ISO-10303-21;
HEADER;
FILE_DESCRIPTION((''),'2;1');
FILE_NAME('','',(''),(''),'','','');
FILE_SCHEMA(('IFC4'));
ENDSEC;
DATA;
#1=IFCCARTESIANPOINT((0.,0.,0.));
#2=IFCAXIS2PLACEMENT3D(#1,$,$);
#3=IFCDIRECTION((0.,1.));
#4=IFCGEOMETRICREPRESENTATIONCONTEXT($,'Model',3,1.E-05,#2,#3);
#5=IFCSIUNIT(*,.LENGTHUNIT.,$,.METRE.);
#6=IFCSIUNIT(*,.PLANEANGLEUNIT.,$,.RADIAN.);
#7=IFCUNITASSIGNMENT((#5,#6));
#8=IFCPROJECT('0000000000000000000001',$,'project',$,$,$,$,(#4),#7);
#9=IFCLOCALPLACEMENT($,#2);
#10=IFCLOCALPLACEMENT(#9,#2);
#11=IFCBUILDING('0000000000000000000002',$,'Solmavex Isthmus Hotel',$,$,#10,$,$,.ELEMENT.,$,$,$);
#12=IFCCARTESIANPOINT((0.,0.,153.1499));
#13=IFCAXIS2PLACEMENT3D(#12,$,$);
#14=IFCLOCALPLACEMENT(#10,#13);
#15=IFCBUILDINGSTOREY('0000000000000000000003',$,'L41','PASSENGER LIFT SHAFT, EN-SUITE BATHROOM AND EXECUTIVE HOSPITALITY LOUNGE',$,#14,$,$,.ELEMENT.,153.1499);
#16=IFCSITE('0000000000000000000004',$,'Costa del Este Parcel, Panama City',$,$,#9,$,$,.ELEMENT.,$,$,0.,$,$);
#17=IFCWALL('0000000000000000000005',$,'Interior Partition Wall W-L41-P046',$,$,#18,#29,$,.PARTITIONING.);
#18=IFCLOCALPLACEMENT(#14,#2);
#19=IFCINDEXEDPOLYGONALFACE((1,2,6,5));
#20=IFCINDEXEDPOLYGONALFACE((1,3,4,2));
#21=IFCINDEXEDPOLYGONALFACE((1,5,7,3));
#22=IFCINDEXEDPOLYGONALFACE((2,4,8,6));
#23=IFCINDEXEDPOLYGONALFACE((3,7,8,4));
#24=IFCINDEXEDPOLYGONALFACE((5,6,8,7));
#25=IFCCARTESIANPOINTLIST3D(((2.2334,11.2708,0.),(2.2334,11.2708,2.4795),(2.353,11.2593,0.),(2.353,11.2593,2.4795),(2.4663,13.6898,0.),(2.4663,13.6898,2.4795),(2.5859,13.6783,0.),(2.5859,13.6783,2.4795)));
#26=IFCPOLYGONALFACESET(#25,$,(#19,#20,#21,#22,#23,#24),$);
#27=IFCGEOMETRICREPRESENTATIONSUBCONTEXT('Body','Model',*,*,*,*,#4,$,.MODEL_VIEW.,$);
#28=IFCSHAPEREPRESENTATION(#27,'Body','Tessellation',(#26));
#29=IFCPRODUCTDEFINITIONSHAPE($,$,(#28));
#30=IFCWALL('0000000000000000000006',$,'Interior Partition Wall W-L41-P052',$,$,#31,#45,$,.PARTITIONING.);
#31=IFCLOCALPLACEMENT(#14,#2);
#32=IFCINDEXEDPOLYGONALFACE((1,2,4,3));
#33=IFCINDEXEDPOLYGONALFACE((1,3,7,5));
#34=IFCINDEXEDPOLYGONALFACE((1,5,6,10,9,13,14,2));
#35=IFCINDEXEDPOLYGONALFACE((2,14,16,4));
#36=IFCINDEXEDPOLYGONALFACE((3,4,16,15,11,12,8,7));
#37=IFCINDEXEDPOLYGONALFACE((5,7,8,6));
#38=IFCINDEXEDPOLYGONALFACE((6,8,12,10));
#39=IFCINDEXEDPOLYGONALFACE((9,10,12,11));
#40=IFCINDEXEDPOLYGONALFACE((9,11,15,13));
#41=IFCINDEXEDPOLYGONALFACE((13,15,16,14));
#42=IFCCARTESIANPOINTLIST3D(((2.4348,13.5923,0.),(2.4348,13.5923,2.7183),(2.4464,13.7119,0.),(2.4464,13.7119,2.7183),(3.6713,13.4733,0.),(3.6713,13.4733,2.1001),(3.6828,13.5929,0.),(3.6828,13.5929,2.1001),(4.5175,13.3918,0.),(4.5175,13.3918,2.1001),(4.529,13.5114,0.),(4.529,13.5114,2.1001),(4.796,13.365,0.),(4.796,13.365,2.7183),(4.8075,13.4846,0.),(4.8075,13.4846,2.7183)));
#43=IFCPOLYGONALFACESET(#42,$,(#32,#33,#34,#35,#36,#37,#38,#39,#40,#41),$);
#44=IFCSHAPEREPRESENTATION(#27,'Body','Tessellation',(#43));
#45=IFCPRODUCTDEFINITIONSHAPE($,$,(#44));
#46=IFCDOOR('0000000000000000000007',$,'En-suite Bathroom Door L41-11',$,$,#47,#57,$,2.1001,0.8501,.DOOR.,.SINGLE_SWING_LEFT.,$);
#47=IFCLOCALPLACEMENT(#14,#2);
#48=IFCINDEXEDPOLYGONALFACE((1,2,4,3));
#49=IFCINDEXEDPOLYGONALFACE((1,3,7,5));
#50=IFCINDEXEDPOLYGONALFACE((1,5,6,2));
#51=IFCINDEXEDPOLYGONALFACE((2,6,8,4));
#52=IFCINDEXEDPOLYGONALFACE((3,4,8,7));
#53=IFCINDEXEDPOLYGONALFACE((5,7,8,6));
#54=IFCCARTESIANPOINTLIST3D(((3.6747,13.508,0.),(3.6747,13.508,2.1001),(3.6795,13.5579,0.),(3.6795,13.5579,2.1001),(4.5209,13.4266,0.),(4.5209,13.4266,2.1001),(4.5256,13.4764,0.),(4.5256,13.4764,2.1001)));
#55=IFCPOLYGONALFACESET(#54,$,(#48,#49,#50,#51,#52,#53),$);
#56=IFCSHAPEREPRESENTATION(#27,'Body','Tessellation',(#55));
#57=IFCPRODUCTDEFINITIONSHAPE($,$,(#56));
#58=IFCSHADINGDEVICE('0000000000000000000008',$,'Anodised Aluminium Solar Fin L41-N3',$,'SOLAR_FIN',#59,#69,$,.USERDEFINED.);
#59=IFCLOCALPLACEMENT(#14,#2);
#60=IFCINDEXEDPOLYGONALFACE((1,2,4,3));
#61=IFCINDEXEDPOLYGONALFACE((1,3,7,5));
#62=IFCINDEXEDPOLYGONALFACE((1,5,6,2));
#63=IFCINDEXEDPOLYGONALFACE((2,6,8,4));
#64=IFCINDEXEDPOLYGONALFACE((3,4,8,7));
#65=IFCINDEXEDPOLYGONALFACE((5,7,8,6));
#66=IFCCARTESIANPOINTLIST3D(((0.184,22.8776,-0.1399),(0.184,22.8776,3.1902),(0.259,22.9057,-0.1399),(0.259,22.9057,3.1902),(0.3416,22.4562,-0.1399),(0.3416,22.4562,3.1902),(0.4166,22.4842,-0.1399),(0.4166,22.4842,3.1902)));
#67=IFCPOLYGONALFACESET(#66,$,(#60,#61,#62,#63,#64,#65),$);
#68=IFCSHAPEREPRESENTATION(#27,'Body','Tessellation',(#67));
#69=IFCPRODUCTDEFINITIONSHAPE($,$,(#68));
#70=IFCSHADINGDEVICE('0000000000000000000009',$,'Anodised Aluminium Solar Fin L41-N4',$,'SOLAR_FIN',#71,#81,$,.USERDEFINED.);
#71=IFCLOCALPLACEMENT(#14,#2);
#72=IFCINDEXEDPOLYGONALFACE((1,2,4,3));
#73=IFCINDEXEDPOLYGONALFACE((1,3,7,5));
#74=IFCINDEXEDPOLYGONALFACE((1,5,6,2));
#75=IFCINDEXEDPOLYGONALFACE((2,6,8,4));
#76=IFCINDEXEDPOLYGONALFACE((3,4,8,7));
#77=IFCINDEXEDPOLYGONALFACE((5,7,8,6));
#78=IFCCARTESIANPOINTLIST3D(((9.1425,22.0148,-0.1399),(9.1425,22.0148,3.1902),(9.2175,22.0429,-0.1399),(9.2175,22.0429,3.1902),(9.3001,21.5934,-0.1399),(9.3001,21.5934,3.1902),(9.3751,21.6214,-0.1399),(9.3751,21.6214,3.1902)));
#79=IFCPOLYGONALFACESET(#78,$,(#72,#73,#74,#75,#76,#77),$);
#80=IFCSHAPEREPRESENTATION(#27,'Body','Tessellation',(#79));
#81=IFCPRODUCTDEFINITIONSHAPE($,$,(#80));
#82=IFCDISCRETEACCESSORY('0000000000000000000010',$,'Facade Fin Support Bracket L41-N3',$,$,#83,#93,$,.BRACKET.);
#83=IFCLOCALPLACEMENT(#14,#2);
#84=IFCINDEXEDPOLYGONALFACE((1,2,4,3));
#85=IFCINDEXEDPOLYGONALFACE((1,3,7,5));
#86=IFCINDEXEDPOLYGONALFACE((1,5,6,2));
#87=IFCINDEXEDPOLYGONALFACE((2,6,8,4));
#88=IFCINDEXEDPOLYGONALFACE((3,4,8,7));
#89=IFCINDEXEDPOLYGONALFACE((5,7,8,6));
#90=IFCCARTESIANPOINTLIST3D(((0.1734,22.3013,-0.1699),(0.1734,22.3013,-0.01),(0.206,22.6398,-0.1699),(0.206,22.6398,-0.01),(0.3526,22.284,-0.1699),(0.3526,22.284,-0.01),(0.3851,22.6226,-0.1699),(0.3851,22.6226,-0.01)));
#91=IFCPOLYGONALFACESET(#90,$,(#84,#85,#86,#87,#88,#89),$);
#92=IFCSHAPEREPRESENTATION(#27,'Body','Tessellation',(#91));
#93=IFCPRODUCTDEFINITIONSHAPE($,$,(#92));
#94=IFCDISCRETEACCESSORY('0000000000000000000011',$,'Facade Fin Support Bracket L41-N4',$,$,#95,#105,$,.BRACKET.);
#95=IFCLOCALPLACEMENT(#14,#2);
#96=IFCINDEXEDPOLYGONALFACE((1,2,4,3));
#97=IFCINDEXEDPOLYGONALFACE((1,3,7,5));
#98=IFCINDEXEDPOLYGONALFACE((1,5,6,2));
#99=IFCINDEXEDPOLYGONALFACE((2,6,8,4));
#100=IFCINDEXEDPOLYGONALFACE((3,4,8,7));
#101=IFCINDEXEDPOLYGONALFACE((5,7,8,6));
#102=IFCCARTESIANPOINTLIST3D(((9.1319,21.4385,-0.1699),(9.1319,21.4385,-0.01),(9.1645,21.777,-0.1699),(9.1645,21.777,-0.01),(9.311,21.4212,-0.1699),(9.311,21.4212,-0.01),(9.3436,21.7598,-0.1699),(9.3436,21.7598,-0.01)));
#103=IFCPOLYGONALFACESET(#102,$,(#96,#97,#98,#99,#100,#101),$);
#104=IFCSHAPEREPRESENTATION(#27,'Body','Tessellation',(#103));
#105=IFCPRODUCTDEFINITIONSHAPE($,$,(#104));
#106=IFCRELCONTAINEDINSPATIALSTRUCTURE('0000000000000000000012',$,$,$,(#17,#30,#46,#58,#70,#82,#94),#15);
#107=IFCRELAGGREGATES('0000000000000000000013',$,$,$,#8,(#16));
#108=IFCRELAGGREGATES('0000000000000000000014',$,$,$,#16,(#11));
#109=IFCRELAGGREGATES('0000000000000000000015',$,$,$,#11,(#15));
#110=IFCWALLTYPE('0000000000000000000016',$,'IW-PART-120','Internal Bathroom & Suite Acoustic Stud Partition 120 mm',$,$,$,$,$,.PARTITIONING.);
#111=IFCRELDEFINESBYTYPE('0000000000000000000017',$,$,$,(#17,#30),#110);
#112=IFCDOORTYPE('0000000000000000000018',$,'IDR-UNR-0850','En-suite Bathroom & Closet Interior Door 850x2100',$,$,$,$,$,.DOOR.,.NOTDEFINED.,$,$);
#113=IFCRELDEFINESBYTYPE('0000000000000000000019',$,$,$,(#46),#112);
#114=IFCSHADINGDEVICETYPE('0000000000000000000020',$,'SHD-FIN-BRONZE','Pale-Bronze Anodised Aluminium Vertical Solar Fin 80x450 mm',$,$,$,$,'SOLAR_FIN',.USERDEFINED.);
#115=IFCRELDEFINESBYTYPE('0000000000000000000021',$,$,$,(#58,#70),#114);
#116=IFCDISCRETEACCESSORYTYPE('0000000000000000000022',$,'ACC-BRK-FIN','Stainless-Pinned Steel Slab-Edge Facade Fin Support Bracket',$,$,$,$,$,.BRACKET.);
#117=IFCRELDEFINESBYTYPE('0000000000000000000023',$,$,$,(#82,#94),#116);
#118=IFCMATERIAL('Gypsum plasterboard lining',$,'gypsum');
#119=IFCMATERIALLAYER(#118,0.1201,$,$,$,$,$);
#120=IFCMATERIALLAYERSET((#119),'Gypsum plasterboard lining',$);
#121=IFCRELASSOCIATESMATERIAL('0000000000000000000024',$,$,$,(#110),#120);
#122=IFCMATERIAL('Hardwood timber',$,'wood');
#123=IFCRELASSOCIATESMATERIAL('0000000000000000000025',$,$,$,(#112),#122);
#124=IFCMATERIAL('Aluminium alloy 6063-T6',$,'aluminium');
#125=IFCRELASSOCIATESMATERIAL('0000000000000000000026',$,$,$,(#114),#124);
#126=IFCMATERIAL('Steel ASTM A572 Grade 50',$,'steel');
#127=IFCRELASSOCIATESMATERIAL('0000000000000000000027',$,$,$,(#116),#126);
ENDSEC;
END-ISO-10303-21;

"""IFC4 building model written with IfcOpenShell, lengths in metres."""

from ifc_helpers import new_model, si_unit, direction, frame, frame_2d, origin, origin_2d, place, context, subcontext, project, spatial, rectangle, extrude, material, layer, layer_set, type_object, element, fill, save


model = new_model("IFC4")

# Units and contexts
model_context = context("Model", 3, precision=1e-05, world=origin(), true_north=direction((0.0, 1.0)))
body_context = subcontext(model_context, "Body", "Model", "MODEL_VIEW")
ifc_project = project(units=[si_unit("LENGTHUNIT", "METRE"), si_unit("PLANEANGLEUNIT", "RADIAN")], contexts=[model_context])

# Site, building, storey
site_placement = place(None, origin())
site = spatial("IfcSite", under=ifc_project, at=site_placement, Name="Costa del Este Parcel, Panama City", CompositionType="ELEMENT", RefElevation=0.0)
building_placement = place(site_placement, origin())
building = spatial("IfcBuilding", under=site, at=building_placement, Name="Solmavex Isthmus Hotel", CompositionType="ELEMENT")
storey_placement = place(building_placement, frame((0.0, 0.0, 153.1499)))
storey = spatial("IfcBuildingStorey", under=building, at=storey_placement, Name="L41", Description="PASSENGER LIFT SHAFT, EN-SUITE BATHROOM AND EXECUTIVE HOSPITALITY LOUNGE", CompositionType="ELEMENT", Elevation=153.1499)

# Shared definitions
ifc_material_1 = material(Name="Aluminium alloy 6063-T6", Category="aluminium")

# Shared definitions
ifc_material_2 = material(Name="Gypsum plasterboard lining", Category="gypsum")

# Shared definitions
ifc_material_3 = material(Name="Hardwood timber", Category="wood")

# Wall
ifc_layer_1 = layer(ifc_material_2, 0.1201)
ifc_layer_set_1 = layer_set([ifc_layer_1], Name="Gypsum plasterboard lining")
wall_type_1 = type_object("IfcWallType", Name="IW-PART-120", Description="Internal Bathroom & Suite Acoustic Stud Partition 120 mm", PredefinedType="PARTITIONING", material=ifc_layer_set_1)
wall_1_placement = place(storey_placement, frame((2.5261, 13.6841, 0.0), z_axis=(0.0, 0.0, 1.0), x_axis=(-0.095843, -0.995397, 0.0)))
element("IfcWall", 1, at=wall_1_placement, inside=storey, type_object=wall_type_1, Name="Interior Partition Wall W-L41-P046", PredefinedType="PARTITIONING", context=body_context, shape_type="SweptSolid", body=[
    extrude(rectangle(XDim=2.4302, YDim=0.1201, at=frame_2d((1.2151, 0.0))), origin(), (0.0, 0.0, 1.0), 2.4795),
])

# Wall, opening, door
wall_2_placement = place(storey_placement, frame((4.8018, 13.4248, 0.0), z_axis=(0.0, 0.0, 1.0), x_axis=(-0.995398, 0.095824, 0.0)))
wall_2 = element("IfcWall", 2, at=wall_2_placement, inside=storey, type_object=wall_type_1, Name="Interior Partition Wall W-L41-P052", PredefinedType="PARTITIONING", context=body_context, shape_type="SweptSolid", body=[
    extrude(rectangle(XDim=2.3721, YDim=0.1201, at=frame_2d((1.186, 0.0))), origin(), (0.0, 0.0, 1.0), 2.7183),
])
opening_1_placement = place(wall_2_placement, frame((0.2798, 0.0, 0.0)))
opening_1 = element("IfcOpeningElement", 3, at=opening_1_placement, cuts=wall_2, PredefinedType="OPENING", context=body_context, shape_type="SweptSolid", body=[
    extrude(rectangle(XDim=0.8501, YDim=2.1001, at=frame_2d((0.425, 1.05))), frame((0.0, 0.0701, 0.0), z_axis=(0.0, -1.0, 0.0), x_axis=(1.0, 0.0, 0.0)), (0.0, 0.0, 1.0), 0.1401),
])
door_type_1 = type_object("IfcDoorType", Name="IDR-UNR-0850", Description="En-suite Bathroom & Closet Interior Door 850x2100", OperationType="NOTDEFINED", PredefinedType="DOOR", material=ifc_material_3)
door_1_placement = place(opening_1_placement, frame((0.8501, 0.0, 0.0), z_axis=(0.0, 0.0, 1.0), x_axis=(-1.0, 0.0, 0.0)))
door_1 = element("IfcDoor", 4, at=door_1_placement, inside=storey, type_object=door_type_1, Name="En-suite Bathroom Door L41-11", OperationType="SINGLE_SWING_LEFT", OverallHeight=2.1001, OverallWidth=0.8501, PredefinedType="DOOR", context=body_context, shape_type="SweptSolid", body=[
    extrude(rectangle(XDim=0.8501, YDim=2.1001, at=frame_2d((0.425, 1.05))), frame((0.0, 0.0249, 0.0), z_axis=(0.0, -1.0, 0.0), x_axis=(1.0, 0.0, 0.0)), (0.0, 0.0, 1.0), 0.05),
])
fill(opening_1, door_1)

# Shading devices
shading_device_type = type_object("IfcShadingDeviceType", Name="SHD-FIN-BRONZE", Description="Pale-Bronze Anodised Aluminium Vertical Solar Fin 80x450 mm", ElementType="SOLAR_FIN", PredefinedType="USERDEFINED", material=ifc_material_1)
for number, where, z_axis, x_axis, name in (
    (5, (0.3003, 22.6809, -0.1399), (0.0, 0.0, 1.0), (-0.350207, 0.936672, 0.0), "Anodised Aluminium Solar Fin L41-N3"),
    (6, (9.2588, 21.8181, -0.1399), (0.0, 0.0, 1.0), (-0.350207, 0.936672, 0.0), "Anodised Aluminium Solar Fin L41-N4"),
):
    element("IfcShadingDevice", number, at=place(storey_placement, frame(where, z_axis=z_axis, x_axis=x_axis)), inside=storey, type_object=shading_device_type, Name=name, ObjectType="SOLAR_FIN", PredefinedType="USERDEFINED", context=body_context, shape_type="SweptSolid", body=[
        extrude(rectangle(XDim=0.45, YDim=0.0801, at=origin_2d()), origin(), (0.0, 0.0, 1.0), 3.3301),
    ])

# Discrete accessories
ifc_material_4 = material(Name="Steel ASTM A572 Grade 50", Category="steel")
discrete_accessory_type = type_object("IfcDiscreteAccessoryType", Name="ACC-BRK-FIN", Description="Stainless-Pinned Steel Slab-Edge Facade Fin Support Bracket", PredefinedType="BRACKET", material=ifc_material_4)
for number, where, z_axis, x_axis, name in (
    (7, (0.2793, 22.4619, -0.1699), (0.0, 0.0, 1.0), (0.095846, 0.995396, 0.0), "Facade Fin Support Bracket L41-N3"),
    (8, (9.2378, 21.5991, -0.1699), (0.0, 0.0, 1.0), (0.095846, 0.995396, 0.0), "Facade Fin Support Bracket L41-N4"),
):
    element("IfcDiscreteAccessory", number, at=place(storey_placement, frame(where, z_axis=z_axis, x_axis=x_axis)), inside=storey, type_object=discrete_accessory_type, Name=name, PredefinedType="BRACKET", context=body_context, shape_type="SweptSolid", body=[
        extrude(rectangle(XDim=0.3401, YDim=0.1799, at=origin_2d()), origin(), (0.0, 0.0, 1.0), 0.1599),
    ])

save(model, "model.ifc")
